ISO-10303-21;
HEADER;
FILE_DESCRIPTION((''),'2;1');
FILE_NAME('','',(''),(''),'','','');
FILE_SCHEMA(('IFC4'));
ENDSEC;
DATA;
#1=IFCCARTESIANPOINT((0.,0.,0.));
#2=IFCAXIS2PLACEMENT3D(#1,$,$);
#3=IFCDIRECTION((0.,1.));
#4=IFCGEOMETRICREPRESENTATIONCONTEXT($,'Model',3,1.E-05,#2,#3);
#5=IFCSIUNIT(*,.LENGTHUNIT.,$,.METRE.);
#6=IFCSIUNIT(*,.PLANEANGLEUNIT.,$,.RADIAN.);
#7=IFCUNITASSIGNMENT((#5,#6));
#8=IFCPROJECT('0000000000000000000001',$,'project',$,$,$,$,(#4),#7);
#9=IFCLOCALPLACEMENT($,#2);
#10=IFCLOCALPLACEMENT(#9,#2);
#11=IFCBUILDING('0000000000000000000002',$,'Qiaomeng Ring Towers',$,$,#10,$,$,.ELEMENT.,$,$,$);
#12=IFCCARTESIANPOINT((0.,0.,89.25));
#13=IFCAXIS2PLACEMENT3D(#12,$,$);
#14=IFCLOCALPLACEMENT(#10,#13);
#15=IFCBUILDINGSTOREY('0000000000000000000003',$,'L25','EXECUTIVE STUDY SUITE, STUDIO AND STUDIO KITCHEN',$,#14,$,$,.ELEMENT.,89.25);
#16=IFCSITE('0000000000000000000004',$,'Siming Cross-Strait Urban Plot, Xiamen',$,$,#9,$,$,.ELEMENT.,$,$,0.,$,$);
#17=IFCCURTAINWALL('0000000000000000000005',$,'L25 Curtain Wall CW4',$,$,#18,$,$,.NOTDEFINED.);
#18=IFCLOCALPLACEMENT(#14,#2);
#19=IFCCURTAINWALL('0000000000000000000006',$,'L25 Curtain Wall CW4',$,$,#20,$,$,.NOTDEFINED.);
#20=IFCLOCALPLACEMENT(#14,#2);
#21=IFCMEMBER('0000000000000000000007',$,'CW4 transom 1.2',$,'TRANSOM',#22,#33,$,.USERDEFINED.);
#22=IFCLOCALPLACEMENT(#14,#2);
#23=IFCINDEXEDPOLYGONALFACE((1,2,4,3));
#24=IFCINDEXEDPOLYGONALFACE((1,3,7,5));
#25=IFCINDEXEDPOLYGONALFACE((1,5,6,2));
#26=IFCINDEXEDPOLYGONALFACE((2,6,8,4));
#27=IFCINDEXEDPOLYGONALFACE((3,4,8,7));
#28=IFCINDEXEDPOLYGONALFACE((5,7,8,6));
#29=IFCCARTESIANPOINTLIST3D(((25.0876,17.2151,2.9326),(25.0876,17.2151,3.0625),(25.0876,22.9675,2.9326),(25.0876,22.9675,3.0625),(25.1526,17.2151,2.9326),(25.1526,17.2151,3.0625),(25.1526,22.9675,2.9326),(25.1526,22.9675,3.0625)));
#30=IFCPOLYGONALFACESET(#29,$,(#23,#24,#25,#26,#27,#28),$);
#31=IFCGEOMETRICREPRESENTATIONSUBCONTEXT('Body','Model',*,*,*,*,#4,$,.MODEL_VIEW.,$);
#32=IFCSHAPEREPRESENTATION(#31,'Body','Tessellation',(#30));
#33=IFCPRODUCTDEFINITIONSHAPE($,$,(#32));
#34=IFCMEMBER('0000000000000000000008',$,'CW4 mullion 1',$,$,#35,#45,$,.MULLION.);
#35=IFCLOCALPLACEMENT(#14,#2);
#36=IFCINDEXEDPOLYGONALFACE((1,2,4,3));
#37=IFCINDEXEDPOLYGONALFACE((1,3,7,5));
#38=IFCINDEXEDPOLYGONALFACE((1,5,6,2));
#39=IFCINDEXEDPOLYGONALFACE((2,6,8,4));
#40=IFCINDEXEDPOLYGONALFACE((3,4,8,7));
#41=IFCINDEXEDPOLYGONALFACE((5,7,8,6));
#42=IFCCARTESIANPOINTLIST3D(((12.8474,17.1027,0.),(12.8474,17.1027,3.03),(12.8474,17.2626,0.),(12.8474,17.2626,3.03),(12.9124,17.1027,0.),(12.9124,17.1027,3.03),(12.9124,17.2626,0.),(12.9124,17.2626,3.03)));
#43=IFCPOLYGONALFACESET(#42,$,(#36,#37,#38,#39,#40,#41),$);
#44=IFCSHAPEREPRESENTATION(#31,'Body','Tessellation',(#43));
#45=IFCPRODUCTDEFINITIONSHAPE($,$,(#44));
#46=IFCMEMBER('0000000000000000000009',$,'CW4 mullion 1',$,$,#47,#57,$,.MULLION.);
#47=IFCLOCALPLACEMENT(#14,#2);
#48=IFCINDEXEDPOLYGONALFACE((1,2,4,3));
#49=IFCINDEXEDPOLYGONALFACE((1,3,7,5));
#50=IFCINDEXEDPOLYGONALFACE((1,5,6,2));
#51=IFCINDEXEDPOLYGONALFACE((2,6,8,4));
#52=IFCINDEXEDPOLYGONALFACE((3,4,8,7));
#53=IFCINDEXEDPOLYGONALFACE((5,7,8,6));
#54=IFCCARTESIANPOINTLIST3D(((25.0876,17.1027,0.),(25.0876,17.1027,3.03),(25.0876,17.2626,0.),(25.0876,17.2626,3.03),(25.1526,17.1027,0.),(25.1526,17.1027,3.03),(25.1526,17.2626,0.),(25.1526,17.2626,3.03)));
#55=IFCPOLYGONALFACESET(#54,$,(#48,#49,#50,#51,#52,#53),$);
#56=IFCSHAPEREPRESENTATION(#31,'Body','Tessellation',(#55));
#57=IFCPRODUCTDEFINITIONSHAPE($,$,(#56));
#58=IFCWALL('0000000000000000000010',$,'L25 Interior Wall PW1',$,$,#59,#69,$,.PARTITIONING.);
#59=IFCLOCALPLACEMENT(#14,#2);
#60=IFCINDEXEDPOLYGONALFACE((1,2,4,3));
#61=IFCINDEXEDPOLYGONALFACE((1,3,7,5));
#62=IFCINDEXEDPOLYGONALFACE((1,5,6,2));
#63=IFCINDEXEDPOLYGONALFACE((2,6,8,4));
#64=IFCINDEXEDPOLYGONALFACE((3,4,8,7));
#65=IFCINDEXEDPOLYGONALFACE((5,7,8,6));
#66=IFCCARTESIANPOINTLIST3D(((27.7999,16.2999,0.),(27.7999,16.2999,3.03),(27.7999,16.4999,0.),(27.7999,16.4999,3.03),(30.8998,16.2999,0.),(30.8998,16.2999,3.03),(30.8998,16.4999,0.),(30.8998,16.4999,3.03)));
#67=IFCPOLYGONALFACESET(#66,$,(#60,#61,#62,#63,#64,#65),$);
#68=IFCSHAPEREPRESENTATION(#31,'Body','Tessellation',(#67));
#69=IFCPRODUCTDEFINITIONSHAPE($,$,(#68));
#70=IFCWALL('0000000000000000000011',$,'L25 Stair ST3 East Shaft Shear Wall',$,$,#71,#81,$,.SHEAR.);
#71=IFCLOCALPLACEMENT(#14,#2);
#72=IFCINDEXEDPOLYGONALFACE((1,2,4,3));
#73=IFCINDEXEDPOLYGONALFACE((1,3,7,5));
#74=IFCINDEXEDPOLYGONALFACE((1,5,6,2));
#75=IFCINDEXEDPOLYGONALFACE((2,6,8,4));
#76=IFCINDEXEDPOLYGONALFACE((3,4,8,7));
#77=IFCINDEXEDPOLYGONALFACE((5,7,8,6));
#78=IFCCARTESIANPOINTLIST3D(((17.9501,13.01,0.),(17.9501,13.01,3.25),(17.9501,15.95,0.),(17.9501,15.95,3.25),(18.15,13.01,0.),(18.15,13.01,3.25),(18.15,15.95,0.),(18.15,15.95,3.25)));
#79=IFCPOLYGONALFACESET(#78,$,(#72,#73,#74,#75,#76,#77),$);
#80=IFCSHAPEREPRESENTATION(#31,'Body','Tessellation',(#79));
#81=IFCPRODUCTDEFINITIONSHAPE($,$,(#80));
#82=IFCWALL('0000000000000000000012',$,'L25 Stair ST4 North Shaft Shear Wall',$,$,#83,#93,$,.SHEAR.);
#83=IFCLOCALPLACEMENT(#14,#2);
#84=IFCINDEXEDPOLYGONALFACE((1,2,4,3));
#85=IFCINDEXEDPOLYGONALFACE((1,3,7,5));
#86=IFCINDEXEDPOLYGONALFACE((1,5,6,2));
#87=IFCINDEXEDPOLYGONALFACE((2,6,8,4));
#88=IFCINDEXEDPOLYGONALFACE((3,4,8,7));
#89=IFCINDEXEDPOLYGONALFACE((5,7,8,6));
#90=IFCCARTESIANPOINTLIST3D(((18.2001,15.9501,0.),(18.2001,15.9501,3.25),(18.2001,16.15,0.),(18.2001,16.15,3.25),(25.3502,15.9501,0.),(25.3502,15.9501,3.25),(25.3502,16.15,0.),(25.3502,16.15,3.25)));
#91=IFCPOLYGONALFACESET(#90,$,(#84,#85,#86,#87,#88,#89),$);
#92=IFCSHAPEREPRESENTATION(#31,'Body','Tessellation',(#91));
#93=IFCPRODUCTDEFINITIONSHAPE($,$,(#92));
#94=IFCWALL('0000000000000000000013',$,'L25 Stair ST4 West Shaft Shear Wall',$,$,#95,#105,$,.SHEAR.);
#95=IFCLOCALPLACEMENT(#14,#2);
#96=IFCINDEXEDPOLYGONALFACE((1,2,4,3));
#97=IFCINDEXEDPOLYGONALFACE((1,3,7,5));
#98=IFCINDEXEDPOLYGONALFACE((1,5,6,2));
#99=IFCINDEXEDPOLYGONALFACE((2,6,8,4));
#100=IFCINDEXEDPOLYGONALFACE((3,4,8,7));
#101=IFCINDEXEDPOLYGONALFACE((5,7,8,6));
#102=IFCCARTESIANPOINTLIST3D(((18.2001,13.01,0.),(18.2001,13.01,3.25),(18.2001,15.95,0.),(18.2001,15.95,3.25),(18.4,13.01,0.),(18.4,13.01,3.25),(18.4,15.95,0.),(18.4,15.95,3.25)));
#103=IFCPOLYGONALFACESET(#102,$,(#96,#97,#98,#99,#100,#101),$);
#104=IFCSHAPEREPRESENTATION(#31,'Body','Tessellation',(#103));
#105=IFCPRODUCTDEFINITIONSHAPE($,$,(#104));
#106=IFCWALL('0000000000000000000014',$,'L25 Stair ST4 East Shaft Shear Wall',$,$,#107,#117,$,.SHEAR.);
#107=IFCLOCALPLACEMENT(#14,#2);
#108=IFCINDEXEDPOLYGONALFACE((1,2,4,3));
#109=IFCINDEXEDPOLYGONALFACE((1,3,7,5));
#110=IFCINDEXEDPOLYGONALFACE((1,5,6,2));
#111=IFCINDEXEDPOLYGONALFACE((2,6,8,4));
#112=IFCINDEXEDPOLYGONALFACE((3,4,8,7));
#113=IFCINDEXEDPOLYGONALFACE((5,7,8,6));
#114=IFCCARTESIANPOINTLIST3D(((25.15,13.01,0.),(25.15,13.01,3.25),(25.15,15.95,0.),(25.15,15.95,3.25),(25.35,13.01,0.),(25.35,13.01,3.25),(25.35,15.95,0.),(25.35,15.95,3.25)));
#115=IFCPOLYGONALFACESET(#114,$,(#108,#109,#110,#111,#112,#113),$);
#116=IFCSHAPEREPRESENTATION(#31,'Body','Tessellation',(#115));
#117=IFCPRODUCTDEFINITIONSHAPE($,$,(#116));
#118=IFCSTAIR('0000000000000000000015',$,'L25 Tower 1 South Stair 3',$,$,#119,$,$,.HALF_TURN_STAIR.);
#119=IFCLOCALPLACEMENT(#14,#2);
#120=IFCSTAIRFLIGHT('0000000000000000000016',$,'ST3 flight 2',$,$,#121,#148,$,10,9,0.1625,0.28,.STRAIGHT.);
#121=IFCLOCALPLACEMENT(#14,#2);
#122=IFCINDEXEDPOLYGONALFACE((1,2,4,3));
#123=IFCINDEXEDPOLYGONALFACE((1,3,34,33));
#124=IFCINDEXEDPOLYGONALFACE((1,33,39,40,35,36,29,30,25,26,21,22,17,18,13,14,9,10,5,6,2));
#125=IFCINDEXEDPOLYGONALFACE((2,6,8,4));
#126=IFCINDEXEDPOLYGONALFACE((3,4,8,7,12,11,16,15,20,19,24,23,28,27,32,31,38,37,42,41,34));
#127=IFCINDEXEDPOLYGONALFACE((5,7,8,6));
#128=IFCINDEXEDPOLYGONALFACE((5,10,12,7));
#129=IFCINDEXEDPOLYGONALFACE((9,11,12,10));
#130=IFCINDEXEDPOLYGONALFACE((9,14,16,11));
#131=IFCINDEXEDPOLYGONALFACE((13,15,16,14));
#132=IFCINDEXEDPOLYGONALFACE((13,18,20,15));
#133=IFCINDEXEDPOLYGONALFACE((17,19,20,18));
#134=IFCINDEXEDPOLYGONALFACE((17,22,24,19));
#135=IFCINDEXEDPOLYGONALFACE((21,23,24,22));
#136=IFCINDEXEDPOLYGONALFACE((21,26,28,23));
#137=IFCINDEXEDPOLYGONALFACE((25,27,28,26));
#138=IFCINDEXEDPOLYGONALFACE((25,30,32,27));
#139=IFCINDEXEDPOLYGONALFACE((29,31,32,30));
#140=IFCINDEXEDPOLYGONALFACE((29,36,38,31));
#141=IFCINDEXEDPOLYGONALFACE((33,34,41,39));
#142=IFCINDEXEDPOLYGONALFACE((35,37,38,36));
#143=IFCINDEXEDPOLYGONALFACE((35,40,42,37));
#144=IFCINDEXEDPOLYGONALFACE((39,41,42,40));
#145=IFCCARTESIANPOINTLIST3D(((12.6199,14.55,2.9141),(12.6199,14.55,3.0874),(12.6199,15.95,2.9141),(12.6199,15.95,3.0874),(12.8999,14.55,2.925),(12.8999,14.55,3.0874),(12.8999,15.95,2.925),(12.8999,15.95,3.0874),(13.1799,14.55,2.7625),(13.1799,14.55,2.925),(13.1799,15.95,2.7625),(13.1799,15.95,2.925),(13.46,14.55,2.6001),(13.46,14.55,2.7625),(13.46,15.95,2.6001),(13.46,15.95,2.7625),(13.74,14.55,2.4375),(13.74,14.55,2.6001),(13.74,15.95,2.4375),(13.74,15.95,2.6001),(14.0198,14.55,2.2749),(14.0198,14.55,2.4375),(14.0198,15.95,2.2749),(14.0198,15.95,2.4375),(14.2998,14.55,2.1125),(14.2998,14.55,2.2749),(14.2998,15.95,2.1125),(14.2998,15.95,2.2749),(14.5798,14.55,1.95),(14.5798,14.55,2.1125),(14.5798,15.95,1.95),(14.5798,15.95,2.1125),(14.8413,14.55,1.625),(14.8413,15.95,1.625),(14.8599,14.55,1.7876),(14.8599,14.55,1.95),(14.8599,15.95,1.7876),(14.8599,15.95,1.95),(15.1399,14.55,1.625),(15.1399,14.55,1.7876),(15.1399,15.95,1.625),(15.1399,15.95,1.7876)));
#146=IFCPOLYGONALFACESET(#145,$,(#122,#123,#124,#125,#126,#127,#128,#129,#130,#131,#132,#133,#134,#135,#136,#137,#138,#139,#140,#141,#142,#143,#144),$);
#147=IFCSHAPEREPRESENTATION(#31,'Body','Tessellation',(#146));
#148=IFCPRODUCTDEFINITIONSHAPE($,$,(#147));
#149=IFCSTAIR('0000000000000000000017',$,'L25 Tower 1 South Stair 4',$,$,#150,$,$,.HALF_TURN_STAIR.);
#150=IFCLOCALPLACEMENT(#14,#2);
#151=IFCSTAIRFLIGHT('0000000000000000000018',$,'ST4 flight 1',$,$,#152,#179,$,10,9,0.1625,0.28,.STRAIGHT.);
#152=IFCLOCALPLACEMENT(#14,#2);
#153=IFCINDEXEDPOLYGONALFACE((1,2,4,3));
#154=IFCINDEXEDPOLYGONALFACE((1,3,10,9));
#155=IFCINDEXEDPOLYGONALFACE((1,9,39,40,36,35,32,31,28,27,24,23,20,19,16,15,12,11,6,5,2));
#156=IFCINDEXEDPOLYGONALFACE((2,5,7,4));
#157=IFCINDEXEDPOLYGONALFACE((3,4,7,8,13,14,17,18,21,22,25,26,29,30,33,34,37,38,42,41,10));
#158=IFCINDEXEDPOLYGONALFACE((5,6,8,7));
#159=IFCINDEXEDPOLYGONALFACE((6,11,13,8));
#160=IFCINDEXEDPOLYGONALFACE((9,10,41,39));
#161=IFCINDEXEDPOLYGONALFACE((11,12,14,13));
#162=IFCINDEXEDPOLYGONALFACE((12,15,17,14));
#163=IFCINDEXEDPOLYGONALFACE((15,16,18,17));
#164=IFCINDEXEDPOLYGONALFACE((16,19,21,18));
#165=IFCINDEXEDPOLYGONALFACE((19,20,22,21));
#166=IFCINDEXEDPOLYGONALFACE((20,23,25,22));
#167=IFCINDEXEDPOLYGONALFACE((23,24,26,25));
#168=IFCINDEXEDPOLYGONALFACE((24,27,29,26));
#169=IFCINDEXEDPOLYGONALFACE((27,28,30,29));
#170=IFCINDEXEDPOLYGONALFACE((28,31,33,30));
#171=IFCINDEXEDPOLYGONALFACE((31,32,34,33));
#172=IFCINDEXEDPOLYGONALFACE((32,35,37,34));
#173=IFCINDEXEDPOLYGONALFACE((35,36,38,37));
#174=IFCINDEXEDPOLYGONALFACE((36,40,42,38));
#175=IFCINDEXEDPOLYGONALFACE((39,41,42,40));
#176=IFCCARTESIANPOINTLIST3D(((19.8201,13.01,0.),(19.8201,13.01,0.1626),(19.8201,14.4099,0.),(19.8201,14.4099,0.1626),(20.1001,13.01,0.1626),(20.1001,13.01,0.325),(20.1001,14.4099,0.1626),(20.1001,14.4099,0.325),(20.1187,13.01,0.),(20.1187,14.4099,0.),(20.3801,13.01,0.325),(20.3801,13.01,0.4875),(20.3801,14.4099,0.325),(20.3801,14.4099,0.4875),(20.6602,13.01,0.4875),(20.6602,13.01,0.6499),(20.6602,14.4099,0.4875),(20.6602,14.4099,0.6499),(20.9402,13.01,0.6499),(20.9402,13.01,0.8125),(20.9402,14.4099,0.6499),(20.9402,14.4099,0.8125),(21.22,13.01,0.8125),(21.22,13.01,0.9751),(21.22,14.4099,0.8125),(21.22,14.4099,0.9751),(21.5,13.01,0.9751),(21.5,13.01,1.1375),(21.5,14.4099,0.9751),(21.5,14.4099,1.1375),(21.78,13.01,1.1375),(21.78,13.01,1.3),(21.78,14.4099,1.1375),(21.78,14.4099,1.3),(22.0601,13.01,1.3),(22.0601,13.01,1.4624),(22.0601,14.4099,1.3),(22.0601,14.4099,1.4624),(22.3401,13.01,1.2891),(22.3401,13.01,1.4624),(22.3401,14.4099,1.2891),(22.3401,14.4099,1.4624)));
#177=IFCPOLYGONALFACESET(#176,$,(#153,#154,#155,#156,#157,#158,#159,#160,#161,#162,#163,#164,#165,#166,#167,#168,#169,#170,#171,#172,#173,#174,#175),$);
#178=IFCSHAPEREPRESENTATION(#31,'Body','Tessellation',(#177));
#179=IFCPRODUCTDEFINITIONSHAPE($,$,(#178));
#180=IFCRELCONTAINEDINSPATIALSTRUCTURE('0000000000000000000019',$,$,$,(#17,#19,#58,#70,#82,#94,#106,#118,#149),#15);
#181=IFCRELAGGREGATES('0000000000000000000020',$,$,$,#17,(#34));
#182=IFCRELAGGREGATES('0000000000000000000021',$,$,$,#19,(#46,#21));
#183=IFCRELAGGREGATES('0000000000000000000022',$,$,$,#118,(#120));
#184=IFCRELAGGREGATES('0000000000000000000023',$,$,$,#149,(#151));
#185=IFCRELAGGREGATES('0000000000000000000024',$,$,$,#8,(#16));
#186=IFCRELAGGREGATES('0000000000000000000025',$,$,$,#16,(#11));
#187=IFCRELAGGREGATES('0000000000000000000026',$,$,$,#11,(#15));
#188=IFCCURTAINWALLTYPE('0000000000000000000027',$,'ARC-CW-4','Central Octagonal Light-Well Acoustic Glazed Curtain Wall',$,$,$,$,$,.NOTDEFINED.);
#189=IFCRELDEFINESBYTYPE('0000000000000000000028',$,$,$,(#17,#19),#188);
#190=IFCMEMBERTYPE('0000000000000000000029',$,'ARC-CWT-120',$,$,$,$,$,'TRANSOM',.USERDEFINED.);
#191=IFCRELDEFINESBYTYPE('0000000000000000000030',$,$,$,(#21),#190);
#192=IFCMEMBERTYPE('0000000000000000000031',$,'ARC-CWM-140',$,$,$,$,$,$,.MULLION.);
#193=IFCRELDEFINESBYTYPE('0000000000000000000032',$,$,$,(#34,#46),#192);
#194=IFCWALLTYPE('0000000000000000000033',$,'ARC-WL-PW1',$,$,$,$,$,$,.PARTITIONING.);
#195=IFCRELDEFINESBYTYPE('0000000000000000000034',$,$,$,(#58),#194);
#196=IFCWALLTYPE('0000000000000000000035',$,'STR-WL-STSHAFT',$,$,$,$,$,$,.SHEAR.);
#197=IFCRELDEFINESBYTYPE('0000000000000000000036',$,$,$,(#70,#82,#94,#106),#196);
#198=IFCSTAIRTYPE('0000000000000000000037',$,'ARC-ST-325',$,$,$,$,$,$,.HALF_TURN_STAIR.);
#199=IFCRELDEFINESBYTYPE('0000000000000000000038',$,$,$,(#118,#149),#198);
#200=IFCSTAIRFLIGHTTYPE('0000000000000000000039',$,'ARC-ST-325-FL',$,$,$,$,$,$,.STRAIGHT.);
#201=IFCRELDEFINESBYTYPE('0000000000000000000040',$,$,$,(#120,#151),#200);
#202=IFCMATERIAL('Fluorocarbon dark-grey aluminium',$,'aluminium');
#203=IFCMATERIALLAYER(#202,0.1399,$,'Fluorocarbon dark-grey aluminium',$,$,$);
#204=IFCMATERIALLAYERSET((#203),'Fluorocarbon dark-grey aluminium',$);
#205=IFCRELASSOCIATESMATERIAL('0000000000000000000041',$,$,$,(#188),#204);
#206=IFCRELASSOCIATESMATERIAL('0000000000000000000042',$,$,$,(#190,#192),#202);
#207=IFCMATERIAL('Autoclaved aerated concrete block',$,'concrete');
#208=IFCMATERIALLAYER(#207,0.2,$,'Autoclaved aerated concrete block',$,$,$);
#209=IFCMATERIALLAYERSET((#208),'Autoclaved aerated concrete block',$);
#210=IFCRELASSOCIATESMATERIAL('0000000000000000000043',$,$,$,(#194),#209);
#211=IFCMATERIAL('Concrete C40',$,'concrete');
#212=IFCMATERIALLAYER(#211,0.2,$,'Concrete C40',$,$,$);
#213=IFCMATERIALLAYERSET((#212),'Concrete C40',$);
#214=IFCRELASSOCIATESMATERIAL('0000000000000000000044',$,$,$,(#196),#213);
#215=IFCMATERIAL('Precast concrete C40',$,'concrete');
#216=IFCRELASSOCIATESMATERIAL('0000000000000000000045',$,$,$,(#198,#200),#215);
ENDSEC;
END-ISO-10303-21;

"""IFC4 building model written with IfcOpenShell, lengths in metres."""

from ifc_helpers import new_model, si_unit, direction, frame, frame_2d, origin, origin_2d, place, context, subcontext, project, spatial, polyline, rectangle, outline, extrude, source, transform, mapped, material, layer, layer_set, material_profile, profile_set, type_object, element, aggregate, save


model = new_model("IFC4")

# Units and contexts
model_context = context("Model", 3, precision=1e-05, world=origin(), true_north=direction((0.0, 1.0)))
body_context = subcontext(model_context, "Body", "Model", "MODEL_VIEW")
ifc_project = project(units=[si_unit("LENGTHUNIT", "METRE"), si_unit("PLANEANGLEUNIT", "RADIAN")], contexts=[model_context])

# Site, building, storey
site_placement = place(None, origin())
site = spatial("IfcSite", under=ifc_project, at=site_placement, Name="Siming Cross-Strait Urban Plot, Xiamen", CompositionType="ELEMENT", RefElevation=0.0)
building_placement = place(site_placement, origin())
building = spatial("IfcBuilding", under=site, at=building_placement, Name="Qiaomeng Ring Towers", CompositionType="ELEMENT")
storey_placement = place(building_placement, frame((0.0, 0.0, 89.25)))
storey = spatial("IfcBuildingStorey", under=building, at=storey_placement, Name="L25", Description="EXECUTIVE STUDY SUITE, STUDIO AND STUDIO KITCHEN", CompositionType="ELEMENT", Elevation=89.25)

# Curtain walls, member
ifc_material_1 = material(Name="Fluorocarbon dark-grey aluminium", Category="aluminium")
ifc_layer_1 = layer(ifc_material_1, 0.1399, Name="Fluorocarbon dark-grey aluminium")
ifc_layer_set_1 = layer_set([ifc_layer_1], Name="Fluorocarbon dark-grey aluminium")
curtain_wall_type = type_object("IfcCurtainWallType", Name="ARC-CW-4", Description="Central Octagonal Light-Well Acoustic Glazed Curtain Wall", PredefinedType="NOTDEFINED", material=ifc_layer_set_1)
curtain_wall_1_placement = place(storey_placement, origin())
curtain_wall_1 = element("IfcCurtainWall", 1, at=curtain_wall_1_placement, inside=storey, type_object=curtain_wall_type, Name="L25 Curtain Wall CW4", PredefinedType="NOTDEFINED")
ifc_material_profile_1 = material_profile(ifc_material_1, rectangle(XDim=0.0649, YDim=0.1299, at=origin_2d()), Name="ALU TRAN 65x130")
ifc_profile_set_1 = profile_set([ifc_material_profile_1], Name="Fluorocarbon dark-grey aluminium")
member_type_1 = type_object("IfcMemberType", Name="ARC-CWT-120", ElementType="TRANSOM", PredefinedType="USERDEFINED", material=ifc_profile_set_1)
shared_shape_1 = source(origin(), body_context, "Body", "SweptSolid", [
    extrude(rectangle(XDim=0.0649, YDim=0.1299, at=origin_2d()), origin(), (0.0, 0.0, 1.0), 5.7524),
])
curtain_wall_2_placement = place(storey_placement, origin())
curtain_wall_2 = element("IfcCurtainWall", 2, at=curtain_wall_2_placement, inside=storey, type_object=curtain_wall_type, Name="L25 Curtain Wall CW4", PredefinedType="NOTDEFINED")
member_1_placement = place(storey_placement, frame((25.1201, 17.2151, 2.9976), z_axis=(0.0, 1.0, 0.0), x_axis=(-1.0, 0.0, 0.0)))
member_1 = element("IfcMember", 3, at=member_1_placement, type_object=member_type_1, Name="CW4 transom 1.2", ObjectType="TRANSOM", PredefinedType="USERDEFINED", context=body_context, shape_type="MappedRepresentation", body=[
    mapped(shared_shape_1, transform((0.0, 0.0, 0.0), x_axis=(1.0, 0.0, 0.0), y_axis=(0.0, 1.0, 0.0), z_axis=(0.0, 0.0, 1.0), scale=1.0)),
])

# Members
ifc_material_profile_2 = material_profile(ifc_material_1, rectangle(XDim=0.0649, YDim=0.1599, at=origin_2d()), Name="ALU MULL 65x160")
ifc_profile_set_2 = profile_set([ifc_material_profile_2], Name="Fluorocarbon dark-grey aluminium")
member_type_2 = type_object("IfcMemberType", Name="ARC-CWM-140", PredefinedType="MULLION", material=ifc_profile_set_2)
shared_shape_2 = source(origin(), body_context, "Body", "SweptSolid", [
    extrude(rectangle(XDim=0.0649, YDim=0.1599, at=origin_2d()), origin(), (0.0, 0.0, 1.0), 3.03),
])
member_2_placement = place(storey_placement, frame((12.8799, 17.1826, 0.0), z_axis=(0.0, 0.0, 1.0), x_axis=(-1.0, 0.0, 0.0)))
member_2 = element("IfcMember", 4, at=member_2_placement, type_object=member_type_2, Name="CW4 mullion 1", PredefinedType="MULLION", context=body_context, shape_type="MappedRepresentation", body=[
    mapped(shared_shape_2, transform((0.0, 0.0, 0.0), x_axis=(1.0, 0.0, 0.0), y_axis=(0.0, 1.0, 0.0), z_axis=(0.0, 0.0, 1.0), scale=1.0)),
])
aggregate(curtain_wall_1, [member_2])
member_3_placement = place(storey_placement, frame((25.1201, 17.1826, 0.0), z_axis=(0.0, 0.0, 1.0), x_axis=(-1.0, 0.0, 0.0)))
member_3 = element("IfcMember", 5, at=member_3_placement, type_object=member_type_2, Name="CW4 mullion 1", PredefinedType="MULLION", context=body_context, shape_type="MappedRepresentation", body=[
    mapped(shared_shape_2, transform((0.0, 0.0, 0.0), x_axis=(1.0, 0.0, 0.0), y_axis=(0.0, 1.0, 0.0), z_axis=(0.0, 0.0, 1.0), scale=1.0)),
])
aggregate(curtain_wall_2, [member_3, member_1])

# Walls
ifc_material_2 = material(Name="Autoclaved aerated concrete block", Category="concrete")
ifc_layer_2 = layer(ifc_material_2, 0.2, Name="Autoclaved aerated concrete block")
ifc_layer_set_2 = layer_set([ifc_layer_2], Name="Autoclaved aerated concrete block")
wall_type_1 = type_object("IfcWallType", Name="ARC-WL-PW1", PredefinedType="PARTITIONING", material=ifc_layer_set_2)
wall_1_placement = place(storey_placement, frame((27.8, 16.3999, 0.0), z_axis=(0.0, 0.0, 1.0), x_axis=(1.0, 0.0, 0.0)))
element("IfcWall", 6, at=wall_1_placement, inside=storey, type_object=wall_type_1, Name="L25 Interior Wall PW1", PredefinedType="PARTITIONING", context=body_context, shape_type="SweptSolid", body=[
    extrude(rectangle(XDim=3.0999, YDim=0.2, at=frame_2d((1.5498, 0.0))), origin(), (0.0, 0.0, 1.0), 3.03),
])
ifc_material_3 = material(Name="Concrete C40", Category="concrete")
ifc_layer_3 = layer(ifc_material_3, 0.2, Name="Concrete C40")
ifc_layer_set_3 = layer_set([ifc_layer_3], Name="Concrete C40")
wall_type_2 = type_object("IfcWallType", Name="STR-WL-STSHAFT", PredefinedType="SHEAR", material=ifc_layer_set_3)
wall_2_placement = place(storey_placement, frame((18.05, 13.01, 0.0), z_axis=(0.0, 0.0, 1.0), x_axis=(0.0, 1.0, 0.0)))
element("IfcWall", 7, at=wall_2_placement, inside=storey, type_object=wall_type_2, Name="L25 Stair ST3 East Shaft Shear Wall", PredefinedType="SHEAR", context=body_context, shape_type="SweptSolid", body=[
    extrude(rectangle(XDim=2.9399, YDim=0.2, at=frame_2d((1.47, 0.0))), origin(), (0.0, 0.0, 1.0), 3.25),
])
wall_3_placement = place(storey_placement, frame((18.2, 16.05, 0.0), z_axis=(0.0, 0.0, 1.0), x_axis=(1.0, 0.0, 0.0)))
element("IfcWall", 8, at=wall_3_placement, inside=storey, type_object=wall_type_2, Name="L25 Stair ST4 North Shaft Shear Wall", PredefinedType="SHEAR", context=body_context, shape_type="SweptSolid", body=[
    extrude(rectangle(XDim=7.1501, YDim=0.2, at=frame_2d((3.5752, 0.0))), origin(), (0.0, 0.0, 1.0), 3.25),
])
for number, where, z_axis, x_axis, name in (
    (9, (18.3, 13.01, 0.0), (0.0, 0.0, 1.0), (0.0, 1.0, 0.0), "L25 Stair ST4 West Shaft Shear Wall"),
    (10, (25.25, 13.01, 0.0), (0.0, 0.0, 1.0), (0.0, 1.0, 0.0), "L25 Stair ST4 East Shaft Shear Wall"),
):
    element("IfcWall", number, at=place(storey_placement, frame(where, z_axis=z_axis, x_axis=x_axis)), inside=storey, type_object=wall_type_2, Name=name, PredefinedType="SHEAR", context=body_context, shape_type="SweptSolid", body=[
        extrude(rectangle(XDim=2.9399, YDim=0.2, at=frame_2d((1.47, 0.0))), origin(), (0.0, 0.0, 1.0), 3.25),
    ])

# Stair, stair flight
ifc_material_4 = material(Name="Precast concrete C40", Category="concrete")
stair_type = type_object("IfcStairType", Name="ARC-ST-325", PredefinedType="HALF_TURN_STAIR", material=ifc_material_4)
stair_1_placement = place(storey_placement, origin())
stair_1 = element("IfcStair", 11, at=stair_1_placement, inside=storey, type_object=stair_type, Name="L25 Tower 1 South Stair 3", PredefinedType="HALF_TURN_STAIR")
stair_flight_type = type_object("IfcStairFlightType", Name="ARC-ST-325-FL", PredefinedType="STRAIGHT", material=ifc_material_4)
shared_shape_3 = source(origin(), body_context, "Body", "SweptSolid", [
    extrude(outline(polyline([(0.0, 0.0), (0.0, 0.1626), (0.28, 0.1626), (0.28, 0.325), (0.5601, 0.325), (0.5601, 0.4875), (0.8401, 0.4875), (0.8401, 0.6499), (1.1201, 0.6499), (1.1201, 0.8125), (1.3999, 0.8125), (1.3999, 0.9751), (1.6799, 0.9751), (1.6799, 1.1375), (1.96, 1.1375), (1.96, 1.3), (2.24, 1.3), (2.24, 1.4624), (2.52, 1.4624), (2.52, 1.625), (2.52, 1.2891), (0.2986, 0.0), (0.0, 0.0)])), frame((0.0, 0.7, 0.0), z_axis=(0.0, -1.0, 0.0), x_axis=(1.0, 0.0, 0.0)), (0.0, 0.0, 1.0), 1.3999),
])
stair_flight_1_placement = place(storey_placement, frame((15.1399, 15.25, 1.625), z_axis=(0.0, 0.0, 1.0), x_axis=(-1.0, 0.0, 0.0)))
stair_flight_1 = element("IfcStairFlight", 12, at=stair_flight_1_placement, type_object=stair_flight_type, Name="ST3 flight 2", NumberOfRisers=10, NumberOfTreads=9, PredefinedType="STRAIGHT", RiserHeight=0.1625, TreadLength=0.28, context=body_context, shape_type="MappedRepresentation", body=[
    mapped(shared_shape_3, transform((0.0, 0.0, 0.0), x_axis=(1.0, 0.0, 0.0), y_axis=(0.0, 1.0, 0.0), z_axis=(0.0, 0.0, 1.0), scale=1.0)),
])
aggregate(stair_1, [stair_flight_1])

# Stair, stair flight
stair_2_placement = place(storey_placement, origin())
stair_2 = element("IfcStair", 13, at=stair_2_placement, inside=storey, type_object=stair_type, Name="L25 Tower 1 South Stair 4", PredefinedType="HALF_TURN_STAIR")
stair_flight_2_placement = place(storey_placement, frame((19.8201, 13.71, 0.0), z_axis=(0.0, 0.0, 1.0), x_axis=(1.0, 0.0, 0.0)))
stair_flight_2 = element("IfcStairFlight", 14, at=stair_flight_2_placement, type_object=stair_flight_type, Name="ST4 flight 1", NumberOfRisers=10, NumberOfTreads=9, PredefinedType="STRAIGHT", RiserHeight=0.1625, TreadLength=0.28, context=body_context, shape_type="MappedRepresentation", body=[
    mapped(shared_shape_3, transform((0.0, 0.0, 0.0), x_axis=(1.0, 0.0, 0.0), y_axis=(0.0, 1.0, 0.0), z_axis=(0.0, 0.0, 1.0), scale=1.0)),
])
aggregate(stair_2, [stair_flight_2])

save(model, "model.ifc")
